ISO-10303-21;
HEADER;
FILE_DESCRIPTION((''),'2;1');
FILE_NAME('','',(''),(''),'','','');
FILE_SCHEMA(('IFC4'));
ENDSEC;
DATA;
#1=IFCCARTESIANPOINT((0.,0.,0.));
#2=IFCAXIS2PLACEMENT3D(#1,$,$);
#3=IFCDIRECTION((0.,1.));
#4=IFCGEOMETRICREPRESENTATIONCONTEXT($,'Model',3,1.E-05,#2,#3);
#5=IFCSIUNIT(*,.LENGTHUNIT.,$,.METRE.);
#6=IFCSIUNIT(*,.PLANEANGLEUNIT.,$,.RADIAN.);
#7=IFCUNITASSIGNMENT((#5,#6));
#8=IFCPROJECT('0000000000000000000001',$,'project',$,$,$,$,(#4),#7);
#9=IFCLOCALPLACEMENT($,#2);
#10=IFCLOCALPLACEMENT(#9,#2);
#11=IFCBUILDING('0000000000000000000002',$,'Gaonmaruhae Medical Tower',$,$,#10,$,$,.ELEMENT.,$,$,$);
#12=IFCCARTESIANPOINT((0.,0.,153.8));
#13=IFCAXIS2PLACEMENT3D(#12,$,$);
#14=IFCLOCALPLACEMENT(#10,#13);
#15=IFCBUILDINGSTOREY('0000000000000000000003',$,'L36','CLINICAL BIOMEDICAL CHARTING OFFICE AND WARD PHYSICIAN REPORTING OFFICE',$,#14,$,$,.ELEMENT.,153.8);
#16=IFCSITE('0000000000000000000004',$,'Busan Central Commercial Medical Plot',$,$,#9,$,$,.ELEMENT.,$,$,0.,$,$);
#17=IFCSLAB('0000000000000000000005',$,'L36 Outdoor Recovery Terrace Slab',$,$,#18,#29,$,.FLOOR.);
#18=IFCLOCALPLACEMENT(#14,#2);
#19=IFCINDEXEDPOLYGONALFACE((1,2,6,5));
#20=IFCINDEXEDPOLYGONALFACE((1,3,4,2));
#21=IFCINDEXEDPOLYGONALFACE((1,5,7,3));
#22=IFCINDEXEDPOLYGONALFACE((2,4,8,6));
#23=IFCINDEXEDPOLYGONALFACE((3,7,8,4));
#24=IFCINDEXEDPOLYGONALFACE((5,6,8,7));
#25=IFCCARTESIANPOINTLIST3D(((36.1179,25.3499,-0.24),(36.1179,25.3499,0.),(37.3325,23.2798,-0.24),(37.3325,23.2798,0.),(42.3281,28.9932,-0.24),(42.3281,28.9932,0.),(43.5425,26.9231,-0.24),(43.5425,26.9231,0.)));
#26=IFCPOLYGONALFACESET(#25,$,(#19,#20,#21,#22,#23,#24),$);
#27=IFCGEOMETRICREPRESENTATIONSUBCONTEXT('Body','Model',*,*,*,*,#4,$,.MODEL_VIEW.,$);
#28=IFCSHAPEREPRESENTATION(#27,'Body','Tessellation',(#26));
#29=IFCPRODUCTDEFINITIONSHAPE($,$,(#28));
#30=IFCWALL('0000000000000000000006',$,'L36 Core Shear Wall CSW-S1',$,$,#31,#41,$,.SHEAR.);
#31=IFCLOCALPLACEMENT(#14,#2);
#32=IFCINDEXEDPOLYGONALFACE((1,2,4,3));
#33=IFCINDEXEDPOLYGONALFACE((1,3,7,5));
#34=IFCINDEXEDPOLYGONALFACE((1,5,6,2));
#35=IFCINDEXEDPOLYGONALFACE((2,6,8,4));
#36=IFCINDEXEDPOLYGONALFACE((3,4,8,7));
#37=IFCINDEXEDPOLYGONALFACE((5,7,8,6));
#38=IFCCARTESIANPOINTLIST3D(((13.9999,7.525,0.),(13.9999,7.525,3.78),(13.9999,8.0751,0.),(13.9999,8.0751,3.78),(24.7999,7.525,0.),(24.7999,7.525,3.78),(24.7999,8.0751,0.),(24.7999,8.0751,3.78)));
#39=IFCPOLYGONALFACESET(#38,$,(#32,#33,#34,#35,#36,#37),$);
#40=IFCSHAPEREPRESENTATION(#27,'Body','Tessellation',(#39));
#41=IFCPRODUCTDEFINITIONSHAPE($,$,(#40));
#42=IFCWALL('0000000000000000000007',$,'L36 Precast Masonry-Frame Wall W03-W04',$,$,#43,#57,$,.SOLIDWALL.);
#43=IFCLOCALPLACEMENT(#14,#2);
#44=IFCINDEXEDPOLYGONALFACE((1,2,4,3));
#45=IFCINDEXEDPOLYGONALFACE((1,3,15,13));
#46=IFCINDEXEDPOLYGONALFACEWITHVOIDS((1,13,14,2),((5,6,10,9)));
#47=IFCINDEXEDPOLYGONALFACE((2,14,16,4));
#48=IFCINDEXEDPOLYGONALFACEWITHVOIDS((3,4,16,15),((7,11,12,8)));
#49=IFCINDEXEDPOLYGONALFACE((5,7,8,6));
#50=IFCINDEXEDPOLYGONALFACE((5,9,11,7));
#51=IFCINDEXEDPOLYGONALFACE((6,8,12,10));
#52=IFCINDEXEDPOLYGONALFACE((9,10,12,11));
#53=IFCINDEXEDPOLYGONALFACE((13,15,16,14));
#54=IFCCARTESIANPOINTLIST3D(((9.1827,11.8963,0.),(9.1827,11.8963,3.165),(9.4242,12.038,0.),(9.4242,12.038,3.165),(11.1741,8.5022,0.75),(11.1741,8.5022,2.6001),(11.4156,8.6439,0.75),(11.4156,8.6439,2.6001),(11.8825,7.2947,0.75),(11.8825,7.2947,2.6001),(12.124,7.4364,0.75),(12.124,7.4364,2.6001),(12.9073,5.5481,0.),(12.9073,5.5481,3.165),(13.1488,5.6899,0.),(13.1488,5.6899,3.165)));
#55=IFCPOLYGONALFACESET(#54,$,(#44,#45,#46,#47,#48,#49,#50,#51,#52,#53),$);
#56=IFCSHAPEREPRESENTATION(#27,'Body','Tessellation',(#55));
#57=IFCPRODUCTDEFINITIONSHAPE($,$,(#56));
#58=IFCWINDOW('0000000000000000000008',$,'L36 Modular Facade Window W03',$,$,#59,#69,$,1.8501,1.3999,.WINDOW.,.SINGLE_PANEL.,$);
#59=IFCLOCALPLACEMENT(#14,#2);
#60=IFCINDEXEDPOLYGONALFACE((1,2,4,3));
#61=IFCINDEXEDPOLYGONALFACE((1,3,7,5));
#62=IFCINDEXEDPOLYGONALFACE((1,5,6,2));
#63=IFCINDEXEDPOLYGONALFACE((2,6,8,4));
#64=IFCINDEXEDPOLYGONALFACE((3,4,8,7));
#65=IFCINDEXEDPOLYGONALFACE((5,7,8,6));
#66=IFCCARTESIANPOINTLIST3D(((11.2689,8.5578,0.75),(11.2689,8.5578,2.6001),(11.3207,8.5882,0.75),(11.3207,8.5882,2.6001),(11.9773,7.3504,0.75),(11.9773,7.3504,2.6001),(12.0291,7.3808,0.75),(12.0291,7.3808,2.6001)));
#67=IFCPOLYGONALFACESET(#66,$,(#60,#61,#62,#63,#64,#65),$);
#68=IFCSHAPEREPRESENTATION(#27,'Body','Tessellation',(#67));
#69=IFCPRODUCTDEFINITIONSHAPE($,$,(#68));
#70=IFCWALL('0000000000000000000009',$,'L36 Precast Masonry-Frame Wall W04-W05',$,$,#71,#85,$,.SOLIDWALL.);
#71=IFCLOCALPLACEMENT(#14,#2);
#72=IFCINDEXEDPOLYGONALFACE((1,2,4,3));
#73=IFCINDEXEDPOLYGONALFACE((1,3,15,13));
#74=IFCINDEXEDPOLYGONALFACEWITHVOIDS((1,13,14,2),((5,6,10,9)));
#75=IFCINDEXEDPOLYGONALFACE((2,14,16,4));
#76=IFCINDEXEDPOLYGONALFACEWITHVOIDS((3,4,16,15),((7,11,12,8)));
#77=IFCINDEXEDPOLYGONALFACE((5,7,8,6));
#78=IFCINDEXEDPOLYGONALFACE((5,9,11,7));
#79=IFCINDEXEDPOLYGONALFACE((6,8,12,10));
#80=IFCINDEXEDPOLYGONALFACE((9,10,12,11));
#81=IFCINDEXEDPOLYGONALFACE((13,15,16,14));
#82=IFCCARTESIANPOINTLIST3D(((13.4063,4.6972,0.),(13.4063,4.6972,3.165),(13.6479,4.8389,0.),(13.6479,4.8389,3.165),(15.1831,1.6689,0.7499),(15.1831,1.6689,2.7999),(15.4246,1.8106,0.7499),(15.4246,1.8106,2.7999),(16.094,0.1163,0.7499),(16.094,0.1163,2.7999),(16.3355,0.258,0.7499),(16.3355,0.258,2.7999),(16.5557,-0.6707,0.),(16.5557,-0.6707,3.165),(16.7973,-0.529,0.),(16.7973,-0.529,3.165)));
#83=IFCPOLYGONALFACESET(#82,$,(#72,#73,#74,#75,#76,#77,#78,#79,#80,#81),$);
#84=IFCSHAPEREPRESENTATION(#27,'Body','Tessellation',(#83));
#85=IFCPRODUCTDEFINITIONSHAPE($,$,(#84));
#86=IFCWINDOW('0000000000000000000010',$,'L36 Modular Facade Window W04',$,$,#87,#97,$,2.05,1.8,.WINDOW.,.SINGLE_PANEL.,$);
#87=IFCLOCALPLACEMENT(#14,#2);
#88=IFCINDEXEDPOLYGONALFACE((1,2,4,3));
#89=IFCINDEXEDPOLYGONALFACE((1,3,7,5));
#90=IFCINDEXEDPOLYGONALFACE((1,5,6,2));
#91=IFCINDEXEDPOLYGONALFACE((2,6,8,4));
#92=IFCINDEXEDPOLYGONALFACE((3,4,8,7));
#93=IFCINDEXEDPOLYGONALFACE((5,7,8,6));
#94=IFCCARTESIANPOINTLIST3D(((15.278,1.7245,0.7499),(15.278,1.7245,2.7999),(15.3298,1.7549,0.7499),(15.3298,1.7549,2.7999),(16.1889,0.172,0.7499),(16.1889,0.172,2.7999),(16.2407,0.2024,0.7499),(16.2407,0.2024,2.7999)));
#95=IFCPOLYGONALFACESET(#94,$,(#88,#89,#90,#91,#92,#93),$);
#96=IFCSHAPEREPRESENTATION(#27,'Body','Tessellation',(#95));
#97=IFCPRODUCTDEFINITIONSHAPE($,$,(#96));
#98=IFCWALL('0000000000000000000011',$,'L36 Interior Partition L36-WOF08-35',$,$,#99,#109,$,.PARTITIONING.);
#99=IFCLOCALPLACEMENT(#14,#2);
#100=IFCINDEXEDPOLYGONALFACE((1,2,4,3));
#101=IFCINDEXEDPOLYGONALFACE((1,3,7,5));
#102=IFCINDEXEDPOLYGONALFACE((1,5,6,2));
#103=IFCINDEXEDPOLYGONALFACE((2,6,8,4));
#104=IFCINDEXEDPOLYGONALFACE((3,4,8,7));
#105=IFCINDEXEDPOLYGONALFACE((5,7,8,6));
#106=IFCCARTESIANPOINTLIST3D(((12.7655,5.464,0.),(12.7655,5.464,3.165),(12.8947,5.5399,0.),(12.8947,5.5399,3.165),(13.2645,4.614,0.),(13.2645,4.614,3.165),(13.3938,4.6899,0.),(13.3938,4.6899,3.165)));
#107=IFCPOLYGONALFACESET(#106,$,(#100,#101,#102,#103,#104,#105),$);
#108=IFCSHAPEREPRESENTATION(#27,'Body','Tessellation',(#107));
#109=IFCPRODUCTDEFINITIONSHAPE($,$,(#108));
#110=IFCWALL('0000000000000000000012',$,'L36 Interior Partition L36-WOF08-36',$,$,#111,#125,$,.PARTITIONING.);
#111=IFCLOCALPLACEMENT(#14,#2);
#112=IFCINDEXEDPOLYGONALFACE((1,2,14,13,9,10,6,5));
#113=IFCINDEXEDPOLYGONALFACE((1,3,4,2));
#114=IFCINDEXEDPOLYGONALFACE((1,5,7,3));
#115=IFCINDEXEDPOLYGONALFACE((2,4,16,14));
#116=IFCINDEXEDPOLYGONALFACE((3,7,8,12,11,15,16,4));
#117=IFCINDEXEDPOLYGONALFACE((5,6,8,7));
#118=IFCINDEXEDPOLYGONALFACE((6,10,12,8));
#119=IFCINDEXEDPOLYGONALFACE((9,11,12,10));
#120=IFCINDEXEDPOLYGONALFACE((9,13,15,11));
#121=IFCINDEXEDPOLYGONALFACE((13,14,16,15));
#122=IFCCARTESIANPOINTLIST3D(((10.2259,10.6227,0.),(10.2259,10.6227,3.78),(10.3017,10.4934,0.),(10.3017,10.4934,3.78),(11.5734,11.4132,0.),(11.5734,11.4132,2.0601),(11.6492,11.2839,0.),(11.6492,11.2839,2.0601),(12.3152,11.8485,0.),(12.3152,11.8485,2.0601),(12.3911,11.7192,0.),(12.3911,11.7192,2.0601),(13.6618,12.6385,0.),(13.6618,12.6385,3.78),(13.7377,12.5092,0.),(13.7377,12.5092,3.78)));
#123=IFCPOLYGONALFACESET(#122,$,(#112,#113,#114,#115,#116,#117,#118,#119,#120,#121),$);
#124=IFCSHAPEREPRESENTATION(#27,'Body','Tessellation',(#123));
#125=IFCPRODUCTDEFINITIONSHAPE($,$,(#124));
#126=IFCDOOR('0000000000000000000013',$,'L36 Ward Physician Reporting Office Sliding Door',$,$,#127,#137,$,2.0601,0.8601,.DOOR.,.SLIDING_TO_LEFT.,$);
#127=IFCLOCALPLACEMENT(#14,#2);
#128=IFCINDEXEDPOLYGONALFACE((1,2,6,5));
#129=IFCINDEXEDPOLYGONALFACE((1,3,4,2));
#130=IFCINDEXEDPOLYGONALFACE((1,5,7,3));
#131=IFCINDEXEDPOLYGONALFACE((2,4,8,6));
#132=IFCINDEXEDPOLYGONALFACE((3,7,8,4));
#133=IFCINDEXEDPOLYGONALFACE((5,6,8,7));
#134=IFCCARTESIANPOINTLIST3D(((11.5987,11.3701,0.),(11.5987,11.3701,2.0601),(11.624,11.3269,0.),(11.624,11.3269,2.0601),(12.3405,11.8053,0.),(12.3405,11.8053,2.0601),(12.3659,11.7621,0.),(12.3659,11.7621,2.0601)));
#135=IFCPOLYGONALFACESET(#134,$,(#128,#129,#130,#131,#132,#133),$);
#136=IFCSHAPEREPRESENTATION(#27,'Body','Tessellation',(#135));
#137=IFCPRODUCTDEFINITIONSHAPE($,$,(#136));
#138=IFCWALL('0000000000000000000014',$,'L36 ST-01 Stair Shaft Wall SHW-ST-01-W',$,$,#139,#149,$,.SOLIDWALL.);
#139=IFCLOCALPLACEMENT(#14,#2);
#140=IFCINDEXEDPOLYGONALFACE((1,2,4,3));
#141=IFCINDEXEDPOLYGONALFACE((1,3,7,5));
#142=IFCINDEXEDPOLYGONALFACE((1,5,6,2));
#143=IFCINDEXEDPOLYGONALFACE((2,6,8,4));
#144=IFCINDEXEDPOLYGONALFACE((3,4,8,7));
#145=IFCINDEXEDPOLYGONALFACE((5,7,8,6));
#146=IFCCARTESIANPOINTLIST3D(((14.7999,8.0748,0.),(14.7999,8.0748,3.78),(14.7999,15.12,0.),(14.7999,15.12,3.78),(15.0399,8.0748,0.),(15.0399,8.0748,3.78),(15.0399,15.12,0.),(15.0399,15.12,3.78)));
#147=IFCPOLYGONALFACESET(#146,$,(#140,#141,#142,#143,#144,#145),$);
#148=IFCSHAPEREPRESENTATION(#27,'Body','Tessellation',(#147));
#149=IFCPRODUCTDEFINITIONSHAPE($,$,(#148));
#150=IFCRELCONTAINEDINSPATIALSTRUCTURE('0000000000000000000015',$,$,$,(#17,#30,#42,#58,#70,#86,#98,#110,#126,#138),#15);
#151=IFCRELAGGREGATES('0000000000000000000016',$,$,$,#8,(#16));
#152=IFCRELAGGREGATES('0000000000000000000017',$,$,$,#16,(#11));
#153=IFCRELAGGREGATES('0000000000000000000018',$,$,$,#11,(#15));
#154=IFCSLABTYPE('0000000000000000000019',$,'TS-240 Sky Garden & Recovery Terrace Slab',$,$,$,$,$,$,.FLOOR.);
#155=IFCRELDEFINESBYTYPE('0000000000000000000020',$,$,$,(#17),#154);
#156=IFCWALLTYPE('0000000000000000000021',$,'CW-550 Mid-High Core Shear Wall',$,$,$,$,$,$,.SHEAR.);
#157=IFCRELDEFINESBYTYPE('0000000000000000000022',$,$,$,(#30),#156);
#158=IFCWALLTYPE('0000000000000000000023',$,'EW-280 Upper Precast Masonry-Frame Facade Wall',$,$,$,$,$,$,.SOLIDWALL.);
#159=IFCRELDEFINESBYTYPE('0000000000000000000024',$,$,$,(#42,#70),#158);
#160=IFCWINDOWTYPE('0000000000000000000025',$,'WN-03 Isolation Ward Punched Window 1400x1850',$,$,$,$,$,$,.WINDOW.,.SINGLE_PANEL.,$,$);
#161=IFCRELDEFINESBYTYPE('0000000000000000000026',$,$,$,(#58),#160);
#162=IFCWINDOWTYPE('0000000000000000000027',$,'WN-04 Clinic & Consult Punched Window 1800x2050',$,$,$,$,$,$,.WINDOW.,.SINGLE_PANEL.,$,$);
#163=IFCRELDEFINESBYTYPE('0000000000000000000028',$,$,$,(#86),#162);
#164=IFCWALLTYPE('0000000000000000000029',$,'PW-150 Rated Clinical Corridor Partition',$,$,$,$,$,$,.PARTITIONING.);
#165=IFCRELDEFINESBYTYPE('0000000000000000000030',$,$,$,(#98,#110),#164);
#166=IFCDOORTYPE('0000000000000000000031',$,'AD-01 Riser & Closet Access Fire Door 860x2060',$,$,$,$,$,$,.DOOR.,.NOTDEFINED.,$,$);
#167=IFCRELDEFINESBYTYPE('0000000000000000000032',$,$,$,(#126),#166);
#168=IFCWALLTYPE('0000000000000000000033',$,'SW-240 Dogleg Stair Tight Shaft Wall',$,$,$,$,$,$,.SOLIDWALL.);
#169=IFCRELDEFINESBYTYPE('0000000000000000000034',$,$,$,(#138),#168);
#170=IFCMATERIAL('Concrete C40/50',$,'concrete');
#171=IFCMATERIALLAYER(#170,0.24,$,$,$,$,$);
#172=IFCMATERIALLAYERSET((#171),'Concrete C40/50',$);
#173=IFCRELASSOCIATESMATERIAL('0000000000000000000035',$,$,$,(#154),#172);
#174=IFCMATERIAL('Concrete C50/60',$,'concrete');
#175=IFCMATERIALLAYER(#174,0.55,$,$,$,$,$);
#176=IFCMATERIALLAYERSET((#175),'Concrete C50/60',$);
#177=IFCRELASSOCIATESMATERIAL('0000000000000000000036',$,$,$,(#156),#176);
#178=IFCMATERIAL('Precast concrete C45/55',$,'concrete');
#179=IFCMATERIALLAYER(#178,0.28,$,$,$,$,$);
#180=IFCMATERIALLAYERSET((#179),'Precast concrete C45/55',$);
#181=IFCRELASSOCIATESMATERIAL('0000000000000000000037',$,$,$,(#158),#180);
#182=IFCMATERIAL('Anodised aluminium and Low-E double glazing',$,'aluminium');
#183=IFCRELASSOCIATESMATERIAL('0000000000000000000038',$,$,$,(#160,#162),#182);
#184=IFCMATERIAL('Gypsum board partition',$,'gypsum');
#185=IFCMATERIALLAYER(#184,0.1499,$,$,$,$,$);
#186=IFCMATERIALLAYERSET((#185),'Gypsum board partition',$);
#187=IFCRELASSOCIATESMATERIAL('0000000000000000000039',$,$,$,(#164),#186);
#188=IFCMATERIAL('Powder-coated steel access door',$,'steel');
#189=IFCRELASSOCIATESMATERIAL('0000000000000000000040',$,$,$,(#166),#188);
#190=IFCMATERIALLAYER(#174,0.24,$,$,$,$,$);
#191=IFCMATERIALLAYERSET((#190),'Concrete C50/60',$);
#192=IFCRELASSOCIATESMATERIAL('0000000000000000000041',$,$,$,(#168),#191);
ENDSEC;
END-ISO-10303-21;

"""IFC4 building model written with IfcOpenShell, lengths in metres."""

from ifc_helpers import new_model, si_unit, direction, frame, frame_2d, origin, place, context, subcontext, project, spatial, polyline, rectangle, outline, extrude, material, layer, layer_set, type_object, element, fill, save


model = new_model("IFC4")

# Units and contexts
model_context = context("Model", 3, precision=1e-05, world=origin(), true_north=direction((0.0, 1.0)))
body_context = subcontext(model_context, "Body", "Model", "MODEL_VIEW")
ifc_project = project(units=[si_unit("LENGTHUNIT", "METRE"), si_unit("PLANEANGLEUNIT", "RADIAN")], contexts=[model_context])

# Site, building, storey
site_placement = place(None, origin())
site = spatial("IfcSite", under=ifc_project, at=site_placement, Name="Busan Central Commercial Medical Plot", CompositionType="ELEMENT", RefElevation=0.0)
building_placement = place(site_placement, origin())
building = spatial("IfcBuilding", under=site, at=building_placement, Name="Gaonmaruhae Medical Tower", CompositionType="ELEMENT")
storey_placement = place(building_placement, frame((0.0, 0.0, 153.8)))
storey = spatial("IfcBuildingStorey", under=building, at=storey_placement, Name="L36", Description="CLINICAL BIOMEDICAL CHARTING OFFICE AND WARD PHYSICIAN REPORTING OFFICE", CompositionType="ELEMENT", Elevation=153.8)

# Shared definitions
ifc_material_1 = material(Name="Concrete C50/60", Category="concrete")

# Shared definitions
ifc_material_2 = material(Name="Concrete C40/50", Category="concrete")

# Slab
ifc_layer_1 = layer(ifc_material_2, 0.24)
ifc_layer_set_1 = layer_set([ifc_layer_1], Name="Concrete C40/50")
slab_type_1 = type_object("IfcSlabType", Name="TS-240 Sky Garden & Recovery Terrace Slab", PredefinedType="FLOOR", material=ifc_layer_set_1)
slab_1_placement = place(storey_placement, frame((0.0, 0.0, -0.24)))
element("IfcSlab", 1, at=slab_1_placement, inside=storey, type_object=slab_type_1, Name="L36 Outdoor Recovery Terrace Slab", PredefinedType="FLOOR", context=body_context, shape_type="SweptSolid", body=[
    extrude(outline(polyline([(37.3325, 23.2798), (43.5425, 26.9231), (42.3281, 28.9932), (36.1179, 25.3499), (37.3325, 23.2798)])), origin(), (0.0, 0.0, 1.0), 0.24),
])

# Wall
ifc_layer_2 = layer(ifc_material_1, 0.55)
ifc_layer_set_2 = layer_set([ifc_layer_2], Name="Concrete C50/60")
wall_type_1 = type_object("IfcWallType", Name="CW-550 Mid-High Core Shear Wall", PredefinedType="SHEAR", material=ifc_layer_set_2)
wall_1_placement = place(storey_placement, frame((14.0, 7.8, 0.0), z_axis=(0.0, 0.0, 1.0), x_axis=(1.0, 0.0, 0.0)))
element("IfcWall", 2, at=wall_1_placement, inside=storey, type_object=wall_type_1, Name="L36 Core Shear Wall CSW-S1", PredefinedType="SHEAR", context=body_context, shape_type="SweptSolid", body=[
    extrude(rectangle(XDim=10.8, YDim=0.55, at=frame_2d((5.3999, 0.0))), origin(), (0.0, 0.0, 1.0), 3.78),
])

# Walls, openings, windows
ifc_material_3 = material(Name="Precast concrete C45/55", Category="concrete")
ifc_layer_3 = layer(ifc_material_3, 0.28)
ifc_layer_set_3 = layer_set([ifc_layer_3], Name="Precast concrete C45/55")
wall_type_2 = type_object("IfcWallType", Name="EW-280 Upper Precast Masonry-Frame Facade Wall", PredefinedType="SOLIDWALL", material=ifc_layer_set_3)
wall_2_placement = place(storey_placement, frame((13.0281, 5.6189, 0.0), z_axis=(0.0, 0.0, 1.0), x_axis=(-0.506051, 0.862503, 0.0)))
wall_2 = element("IfcWall", 3, at=wall_2_placement, inside=storey, type_object=wall_type_2, Name="L36 Precast Masonry-Frame Wall W03-W04", PredefinedType="SOLIDWALL", context=body_context, shape_type="SweptSolid", body=[
    extrude(rectangle(XDim=7.3601, YDim=0.28, at=frame_2d((3.6802, 0.0))), origin(), (0.0, 0.0, 1.0), 3.165),
])
opening_1_placement = place(wall_2_placement, frame((2.0251, 0.0, 0.75)))
opening_1 = element("IfcOpeningElement", 4, at=opening_1_placement, cuts=wall_2, PredefinedType="OPENING", context=body_context, shape_type="SweptSolid", body=[
    extrude(rectangle(XDim=1.3999, YDim=1.8501, at=frame_2d((0.7, 0.925))), frame((0.0, 0.1499, 0.0), z_axis=(0.0, -1.0, 0.0), x_axis=(1.0, 0.0, 0.0)), (0.0, 0.0, 1.0), 0.3),
])
ifc_material_4 = material(Name="Anodised aluminium and Low-E double glazing", Category="aluminium")
window_type_1 = type_object("IfcWindowType", Name="WN-03 Isolation Ward Punched Window 1400x1850", PartitioningType="SINGLE_PANEL", PredefinedType="WINDOW", material=ifc_material_4)
window_1_placement = place(opening_1_placement, origin())
window_1 = element("IfcWindow", 5, at=window_1_placement, inside=storey, type_object=window_type_1, Name="L36 Modular Facade Window W03", OverallHeight=1.8501, OverallWidth=1.3999, PartitioningType="SINGLE_PANEL", PredefinedType="WINDOW", context=body_context, shape_type="SweptSolid", body=[
    extrude(rectangle(XDim=1.3999, YDim=1.8501, at=frame_2d((0.7, 0.925))), frame((0.0, 0.03, 0.0), z_axis=(0.0, -1.0, 0.0), x_axis=(1.0, 0.0, 0.0)), (0.0, 0.0, 1.0), 0.0601),
])
fill(opening_1, window_1)
wall_3_placement = place(storey_placement, frame((16.6765, -0.5999, 0.0), z_axis=(0.0, 0.0, 1.0), x_axis=(-0.506043, 0.862508, 0.0)))
wall_3 = element("IfcWall", 6, at=wall_3_placement, inside=storey, type_object=wall_type_2, Name="L36 Precast Masonry-Frame Wall W04-W05", PredefinedType="SOLIDWALL", context=body_context, shape_type="SweptSolid", body=[
    extrude(rectangle(XDim=6.2236, YDim=0.28, at=frame_2d((3.1118, 0.0))), origin(), (0.0, 0.0, 1.0), 3.165),
])
opening_2_placement = place(wall_3_placement, frame((0.9126, 0.0, 0.75)))
opening_2 = element("IfcOpeningElement", 7, at=opening_2_placement, cuts=wall_3, PredefinedType="OPENING", context=body_context, shape_type="SweptSolid", body=[
    extrude(rectangle(XDim=1.8, YDim=2.05, at=frame_2d((0.8999, 1.0249))), frame((0.0, 0.1499, 0.0), z_axis=(0.0, -1.0, 0.0), x_axis=(1.0, 0.0, 0.0)), (0.0, 0.0, 1.0), 0.3),
])
window_type_2 = type_object("IfcWindowType", Name="WN-04 Clinic & Consult Punched Window 1800x2050", PartitioningType="SINGLE_PANEL", PredefinedType="WINDOW", material=ifc_material_4)
window_2_placement = place(opening_2_placement, origin())
window_2 = element("IfcWindow", 8, at=window_2_placement, inside=storey, type_object=window_type_2, Name="L36 Modular Facade Window W04", OverallHeight=2.05, OverallWidth=1.8, PartitioningType="SINGLE_PANEL", PredefinedType="WINDOW", context=body_context, shape_type="SweptSolid", body=[
    extrude(rectangle(XDim=1.8, YDim=2.05, at=frame_2d((0.8999, 1.0249))), frame((0.0, 0.03, 0.0), z_axis=(0.0, -1.0, 0.0), x_axis=(1.0, 0.0, 0.0)), (0.0, 0.0, 1.0), 0.0601),
])
fill(opening_2, window_2)

# Wall
ifc_material_5 = material(Name="Gypsum board partition", Category="gypsum")
ifc_layer_4 = layer(ifc_material_5, 0.1499)
ifc_layer_set_4 = layer_set([ifc_layer_4], Name="Gypsum board partition")
wall_type_3 = type_object("IfcWallType", Name="PW-150 Rated Clinical Corridor Partition", PredefinedType="PARTITIONING", material=ifc_layer_set_4)
wall_4_placement = place(storey_placement, frame((13.3291, 4.6521, 0.0), z_axis=(0.0, 0.0, 1.0), x_axis=(-0.506349, 0.862329, 0.0)))
element("IfcWall", 9, at=wall_4_placement, inside=storey, type_object=wall_type_3, Name="L36 Interior Partition L36-WOF08-35", PredefinedType="PARTITIONING", context=body_context, shape_type="SweptSolid", body=[
    extrude(rectangle(XDim=0.9856, YDim=0.1499, at=frame_2d((0.4927, 0.0))), origin(), (0.0, 0.0, 1.0), 3.165),
])

# Wall, opening, door
wall_5_placement = place(storey_placement, frame((10.2639, 10.5581, 0.0), z_axis=(0.0, 0.0, 1.0), x_axis=(0.862518, 0.506026, 0.0)))
wall_5 = element("IfcWall", 10, at=wall_5_placement, inside=storey, type_object=wall_type_3, Name="L36 Interior Partition L36-WOF08-36", PredefinedType="PARTITIONING", context=body_context, shape_type="SweptSolid", body=[
    extrude(rectangle(XDim=3.9836, YDim=0.1499, at=frame_2d((1.9917, 0.0))), origin(), (0.0, 0.0, 1.0), 3.78),
])
opening_3_placement = place(wall_5_placement, frame((1.562, 0.0, 0.0)))
opening_3 = element("IfcOpeningElement", 11, at=opening_3_placement, cuts=wall_5, PredefinedType="OPENING", context=body_context, shape_type="SweptSolid", body=[
    extrude(rectangle(XDim=0.8601, YDim=2.0601, at=frame_2d((0.4302, 1.03))), frame((0.0, 0.085, 0.0), z_axis=(0.0, -1.0, 0.0), x_axis=(1.0, 0.0, 0.0)), (0.0, 0.0, 1.0), 0.1699),
])
ifc_material_6 = material(Name="Powder-coated steel access door", Category="steel")
door_type = type_object("IfcDoorType", Name="AD-01 Riser & Closet Access Fire Door 860x2060", OperationType="NOTDEFINED", PredefinedType="DOOR", material=ifc_material_6)
door_placement = place(opening_3_placement, origin())
door = element("IfcDoor", 12, at=door_placement, inside=storey, type_object=door_type, Name="L36 Ward Physician Reporting Office Sliding Door", OperationType="SLIDING_TO_LEFT", OverallHeight=2.0601, OverallWidth=0.8601, PredefinedType="DOOR", context=body_context, shape_type="SweptSolid", body=[
    extrude(rectangle(XDim=0.8601, YDim=2.0601, at=frame_2d((0.4302, 1.03))), frame((0.0, 0.0249, 0.0), z_axis=(0.0, -1.0, 0.0), x_axis=(1.0, 0.0, 0.0)), (0.0, 0.0, 1.0), 0.05),
])
fill(opening_3, door)

# Wall
ifc_layer_5 = layer(ifc_material_1, 0.24)
ifc_layer_set_5 = layer_set([ifc_layer_5], Name="Concrete C50/60")
wall_type_4 = type_object("IfcWallType", Name="SW-240 Dogleg Stair Tight Shaft Wall", PredefinedType="SOLIDWALL", material=ifc_layer_set_5)
wall_6_placement = place(storey_placement, frame((14.9199, 8.075, 0.0), z_axis=(0.0, 0.0, 1.0), x_axis=(0.0, 1.0, 0.0)))
element("IfcWall", 13, at=wall_6_placement, inside=storey, type_object=wall_type_4, Name="L36 ST-01 Stair Shaft Wall SHW-ST-01-W", PredefinedType="SOLIDWALL", context=body_context, shape_type="SweptSolid", body=[
    extrude(rectangle(XDim=7.0452, YDim=0.24, at=frame_2d((3.5225, 0.0))), origin(), (0.0, 0.0, 1.0), 3.78),
])

save(model, "model.ifc")
